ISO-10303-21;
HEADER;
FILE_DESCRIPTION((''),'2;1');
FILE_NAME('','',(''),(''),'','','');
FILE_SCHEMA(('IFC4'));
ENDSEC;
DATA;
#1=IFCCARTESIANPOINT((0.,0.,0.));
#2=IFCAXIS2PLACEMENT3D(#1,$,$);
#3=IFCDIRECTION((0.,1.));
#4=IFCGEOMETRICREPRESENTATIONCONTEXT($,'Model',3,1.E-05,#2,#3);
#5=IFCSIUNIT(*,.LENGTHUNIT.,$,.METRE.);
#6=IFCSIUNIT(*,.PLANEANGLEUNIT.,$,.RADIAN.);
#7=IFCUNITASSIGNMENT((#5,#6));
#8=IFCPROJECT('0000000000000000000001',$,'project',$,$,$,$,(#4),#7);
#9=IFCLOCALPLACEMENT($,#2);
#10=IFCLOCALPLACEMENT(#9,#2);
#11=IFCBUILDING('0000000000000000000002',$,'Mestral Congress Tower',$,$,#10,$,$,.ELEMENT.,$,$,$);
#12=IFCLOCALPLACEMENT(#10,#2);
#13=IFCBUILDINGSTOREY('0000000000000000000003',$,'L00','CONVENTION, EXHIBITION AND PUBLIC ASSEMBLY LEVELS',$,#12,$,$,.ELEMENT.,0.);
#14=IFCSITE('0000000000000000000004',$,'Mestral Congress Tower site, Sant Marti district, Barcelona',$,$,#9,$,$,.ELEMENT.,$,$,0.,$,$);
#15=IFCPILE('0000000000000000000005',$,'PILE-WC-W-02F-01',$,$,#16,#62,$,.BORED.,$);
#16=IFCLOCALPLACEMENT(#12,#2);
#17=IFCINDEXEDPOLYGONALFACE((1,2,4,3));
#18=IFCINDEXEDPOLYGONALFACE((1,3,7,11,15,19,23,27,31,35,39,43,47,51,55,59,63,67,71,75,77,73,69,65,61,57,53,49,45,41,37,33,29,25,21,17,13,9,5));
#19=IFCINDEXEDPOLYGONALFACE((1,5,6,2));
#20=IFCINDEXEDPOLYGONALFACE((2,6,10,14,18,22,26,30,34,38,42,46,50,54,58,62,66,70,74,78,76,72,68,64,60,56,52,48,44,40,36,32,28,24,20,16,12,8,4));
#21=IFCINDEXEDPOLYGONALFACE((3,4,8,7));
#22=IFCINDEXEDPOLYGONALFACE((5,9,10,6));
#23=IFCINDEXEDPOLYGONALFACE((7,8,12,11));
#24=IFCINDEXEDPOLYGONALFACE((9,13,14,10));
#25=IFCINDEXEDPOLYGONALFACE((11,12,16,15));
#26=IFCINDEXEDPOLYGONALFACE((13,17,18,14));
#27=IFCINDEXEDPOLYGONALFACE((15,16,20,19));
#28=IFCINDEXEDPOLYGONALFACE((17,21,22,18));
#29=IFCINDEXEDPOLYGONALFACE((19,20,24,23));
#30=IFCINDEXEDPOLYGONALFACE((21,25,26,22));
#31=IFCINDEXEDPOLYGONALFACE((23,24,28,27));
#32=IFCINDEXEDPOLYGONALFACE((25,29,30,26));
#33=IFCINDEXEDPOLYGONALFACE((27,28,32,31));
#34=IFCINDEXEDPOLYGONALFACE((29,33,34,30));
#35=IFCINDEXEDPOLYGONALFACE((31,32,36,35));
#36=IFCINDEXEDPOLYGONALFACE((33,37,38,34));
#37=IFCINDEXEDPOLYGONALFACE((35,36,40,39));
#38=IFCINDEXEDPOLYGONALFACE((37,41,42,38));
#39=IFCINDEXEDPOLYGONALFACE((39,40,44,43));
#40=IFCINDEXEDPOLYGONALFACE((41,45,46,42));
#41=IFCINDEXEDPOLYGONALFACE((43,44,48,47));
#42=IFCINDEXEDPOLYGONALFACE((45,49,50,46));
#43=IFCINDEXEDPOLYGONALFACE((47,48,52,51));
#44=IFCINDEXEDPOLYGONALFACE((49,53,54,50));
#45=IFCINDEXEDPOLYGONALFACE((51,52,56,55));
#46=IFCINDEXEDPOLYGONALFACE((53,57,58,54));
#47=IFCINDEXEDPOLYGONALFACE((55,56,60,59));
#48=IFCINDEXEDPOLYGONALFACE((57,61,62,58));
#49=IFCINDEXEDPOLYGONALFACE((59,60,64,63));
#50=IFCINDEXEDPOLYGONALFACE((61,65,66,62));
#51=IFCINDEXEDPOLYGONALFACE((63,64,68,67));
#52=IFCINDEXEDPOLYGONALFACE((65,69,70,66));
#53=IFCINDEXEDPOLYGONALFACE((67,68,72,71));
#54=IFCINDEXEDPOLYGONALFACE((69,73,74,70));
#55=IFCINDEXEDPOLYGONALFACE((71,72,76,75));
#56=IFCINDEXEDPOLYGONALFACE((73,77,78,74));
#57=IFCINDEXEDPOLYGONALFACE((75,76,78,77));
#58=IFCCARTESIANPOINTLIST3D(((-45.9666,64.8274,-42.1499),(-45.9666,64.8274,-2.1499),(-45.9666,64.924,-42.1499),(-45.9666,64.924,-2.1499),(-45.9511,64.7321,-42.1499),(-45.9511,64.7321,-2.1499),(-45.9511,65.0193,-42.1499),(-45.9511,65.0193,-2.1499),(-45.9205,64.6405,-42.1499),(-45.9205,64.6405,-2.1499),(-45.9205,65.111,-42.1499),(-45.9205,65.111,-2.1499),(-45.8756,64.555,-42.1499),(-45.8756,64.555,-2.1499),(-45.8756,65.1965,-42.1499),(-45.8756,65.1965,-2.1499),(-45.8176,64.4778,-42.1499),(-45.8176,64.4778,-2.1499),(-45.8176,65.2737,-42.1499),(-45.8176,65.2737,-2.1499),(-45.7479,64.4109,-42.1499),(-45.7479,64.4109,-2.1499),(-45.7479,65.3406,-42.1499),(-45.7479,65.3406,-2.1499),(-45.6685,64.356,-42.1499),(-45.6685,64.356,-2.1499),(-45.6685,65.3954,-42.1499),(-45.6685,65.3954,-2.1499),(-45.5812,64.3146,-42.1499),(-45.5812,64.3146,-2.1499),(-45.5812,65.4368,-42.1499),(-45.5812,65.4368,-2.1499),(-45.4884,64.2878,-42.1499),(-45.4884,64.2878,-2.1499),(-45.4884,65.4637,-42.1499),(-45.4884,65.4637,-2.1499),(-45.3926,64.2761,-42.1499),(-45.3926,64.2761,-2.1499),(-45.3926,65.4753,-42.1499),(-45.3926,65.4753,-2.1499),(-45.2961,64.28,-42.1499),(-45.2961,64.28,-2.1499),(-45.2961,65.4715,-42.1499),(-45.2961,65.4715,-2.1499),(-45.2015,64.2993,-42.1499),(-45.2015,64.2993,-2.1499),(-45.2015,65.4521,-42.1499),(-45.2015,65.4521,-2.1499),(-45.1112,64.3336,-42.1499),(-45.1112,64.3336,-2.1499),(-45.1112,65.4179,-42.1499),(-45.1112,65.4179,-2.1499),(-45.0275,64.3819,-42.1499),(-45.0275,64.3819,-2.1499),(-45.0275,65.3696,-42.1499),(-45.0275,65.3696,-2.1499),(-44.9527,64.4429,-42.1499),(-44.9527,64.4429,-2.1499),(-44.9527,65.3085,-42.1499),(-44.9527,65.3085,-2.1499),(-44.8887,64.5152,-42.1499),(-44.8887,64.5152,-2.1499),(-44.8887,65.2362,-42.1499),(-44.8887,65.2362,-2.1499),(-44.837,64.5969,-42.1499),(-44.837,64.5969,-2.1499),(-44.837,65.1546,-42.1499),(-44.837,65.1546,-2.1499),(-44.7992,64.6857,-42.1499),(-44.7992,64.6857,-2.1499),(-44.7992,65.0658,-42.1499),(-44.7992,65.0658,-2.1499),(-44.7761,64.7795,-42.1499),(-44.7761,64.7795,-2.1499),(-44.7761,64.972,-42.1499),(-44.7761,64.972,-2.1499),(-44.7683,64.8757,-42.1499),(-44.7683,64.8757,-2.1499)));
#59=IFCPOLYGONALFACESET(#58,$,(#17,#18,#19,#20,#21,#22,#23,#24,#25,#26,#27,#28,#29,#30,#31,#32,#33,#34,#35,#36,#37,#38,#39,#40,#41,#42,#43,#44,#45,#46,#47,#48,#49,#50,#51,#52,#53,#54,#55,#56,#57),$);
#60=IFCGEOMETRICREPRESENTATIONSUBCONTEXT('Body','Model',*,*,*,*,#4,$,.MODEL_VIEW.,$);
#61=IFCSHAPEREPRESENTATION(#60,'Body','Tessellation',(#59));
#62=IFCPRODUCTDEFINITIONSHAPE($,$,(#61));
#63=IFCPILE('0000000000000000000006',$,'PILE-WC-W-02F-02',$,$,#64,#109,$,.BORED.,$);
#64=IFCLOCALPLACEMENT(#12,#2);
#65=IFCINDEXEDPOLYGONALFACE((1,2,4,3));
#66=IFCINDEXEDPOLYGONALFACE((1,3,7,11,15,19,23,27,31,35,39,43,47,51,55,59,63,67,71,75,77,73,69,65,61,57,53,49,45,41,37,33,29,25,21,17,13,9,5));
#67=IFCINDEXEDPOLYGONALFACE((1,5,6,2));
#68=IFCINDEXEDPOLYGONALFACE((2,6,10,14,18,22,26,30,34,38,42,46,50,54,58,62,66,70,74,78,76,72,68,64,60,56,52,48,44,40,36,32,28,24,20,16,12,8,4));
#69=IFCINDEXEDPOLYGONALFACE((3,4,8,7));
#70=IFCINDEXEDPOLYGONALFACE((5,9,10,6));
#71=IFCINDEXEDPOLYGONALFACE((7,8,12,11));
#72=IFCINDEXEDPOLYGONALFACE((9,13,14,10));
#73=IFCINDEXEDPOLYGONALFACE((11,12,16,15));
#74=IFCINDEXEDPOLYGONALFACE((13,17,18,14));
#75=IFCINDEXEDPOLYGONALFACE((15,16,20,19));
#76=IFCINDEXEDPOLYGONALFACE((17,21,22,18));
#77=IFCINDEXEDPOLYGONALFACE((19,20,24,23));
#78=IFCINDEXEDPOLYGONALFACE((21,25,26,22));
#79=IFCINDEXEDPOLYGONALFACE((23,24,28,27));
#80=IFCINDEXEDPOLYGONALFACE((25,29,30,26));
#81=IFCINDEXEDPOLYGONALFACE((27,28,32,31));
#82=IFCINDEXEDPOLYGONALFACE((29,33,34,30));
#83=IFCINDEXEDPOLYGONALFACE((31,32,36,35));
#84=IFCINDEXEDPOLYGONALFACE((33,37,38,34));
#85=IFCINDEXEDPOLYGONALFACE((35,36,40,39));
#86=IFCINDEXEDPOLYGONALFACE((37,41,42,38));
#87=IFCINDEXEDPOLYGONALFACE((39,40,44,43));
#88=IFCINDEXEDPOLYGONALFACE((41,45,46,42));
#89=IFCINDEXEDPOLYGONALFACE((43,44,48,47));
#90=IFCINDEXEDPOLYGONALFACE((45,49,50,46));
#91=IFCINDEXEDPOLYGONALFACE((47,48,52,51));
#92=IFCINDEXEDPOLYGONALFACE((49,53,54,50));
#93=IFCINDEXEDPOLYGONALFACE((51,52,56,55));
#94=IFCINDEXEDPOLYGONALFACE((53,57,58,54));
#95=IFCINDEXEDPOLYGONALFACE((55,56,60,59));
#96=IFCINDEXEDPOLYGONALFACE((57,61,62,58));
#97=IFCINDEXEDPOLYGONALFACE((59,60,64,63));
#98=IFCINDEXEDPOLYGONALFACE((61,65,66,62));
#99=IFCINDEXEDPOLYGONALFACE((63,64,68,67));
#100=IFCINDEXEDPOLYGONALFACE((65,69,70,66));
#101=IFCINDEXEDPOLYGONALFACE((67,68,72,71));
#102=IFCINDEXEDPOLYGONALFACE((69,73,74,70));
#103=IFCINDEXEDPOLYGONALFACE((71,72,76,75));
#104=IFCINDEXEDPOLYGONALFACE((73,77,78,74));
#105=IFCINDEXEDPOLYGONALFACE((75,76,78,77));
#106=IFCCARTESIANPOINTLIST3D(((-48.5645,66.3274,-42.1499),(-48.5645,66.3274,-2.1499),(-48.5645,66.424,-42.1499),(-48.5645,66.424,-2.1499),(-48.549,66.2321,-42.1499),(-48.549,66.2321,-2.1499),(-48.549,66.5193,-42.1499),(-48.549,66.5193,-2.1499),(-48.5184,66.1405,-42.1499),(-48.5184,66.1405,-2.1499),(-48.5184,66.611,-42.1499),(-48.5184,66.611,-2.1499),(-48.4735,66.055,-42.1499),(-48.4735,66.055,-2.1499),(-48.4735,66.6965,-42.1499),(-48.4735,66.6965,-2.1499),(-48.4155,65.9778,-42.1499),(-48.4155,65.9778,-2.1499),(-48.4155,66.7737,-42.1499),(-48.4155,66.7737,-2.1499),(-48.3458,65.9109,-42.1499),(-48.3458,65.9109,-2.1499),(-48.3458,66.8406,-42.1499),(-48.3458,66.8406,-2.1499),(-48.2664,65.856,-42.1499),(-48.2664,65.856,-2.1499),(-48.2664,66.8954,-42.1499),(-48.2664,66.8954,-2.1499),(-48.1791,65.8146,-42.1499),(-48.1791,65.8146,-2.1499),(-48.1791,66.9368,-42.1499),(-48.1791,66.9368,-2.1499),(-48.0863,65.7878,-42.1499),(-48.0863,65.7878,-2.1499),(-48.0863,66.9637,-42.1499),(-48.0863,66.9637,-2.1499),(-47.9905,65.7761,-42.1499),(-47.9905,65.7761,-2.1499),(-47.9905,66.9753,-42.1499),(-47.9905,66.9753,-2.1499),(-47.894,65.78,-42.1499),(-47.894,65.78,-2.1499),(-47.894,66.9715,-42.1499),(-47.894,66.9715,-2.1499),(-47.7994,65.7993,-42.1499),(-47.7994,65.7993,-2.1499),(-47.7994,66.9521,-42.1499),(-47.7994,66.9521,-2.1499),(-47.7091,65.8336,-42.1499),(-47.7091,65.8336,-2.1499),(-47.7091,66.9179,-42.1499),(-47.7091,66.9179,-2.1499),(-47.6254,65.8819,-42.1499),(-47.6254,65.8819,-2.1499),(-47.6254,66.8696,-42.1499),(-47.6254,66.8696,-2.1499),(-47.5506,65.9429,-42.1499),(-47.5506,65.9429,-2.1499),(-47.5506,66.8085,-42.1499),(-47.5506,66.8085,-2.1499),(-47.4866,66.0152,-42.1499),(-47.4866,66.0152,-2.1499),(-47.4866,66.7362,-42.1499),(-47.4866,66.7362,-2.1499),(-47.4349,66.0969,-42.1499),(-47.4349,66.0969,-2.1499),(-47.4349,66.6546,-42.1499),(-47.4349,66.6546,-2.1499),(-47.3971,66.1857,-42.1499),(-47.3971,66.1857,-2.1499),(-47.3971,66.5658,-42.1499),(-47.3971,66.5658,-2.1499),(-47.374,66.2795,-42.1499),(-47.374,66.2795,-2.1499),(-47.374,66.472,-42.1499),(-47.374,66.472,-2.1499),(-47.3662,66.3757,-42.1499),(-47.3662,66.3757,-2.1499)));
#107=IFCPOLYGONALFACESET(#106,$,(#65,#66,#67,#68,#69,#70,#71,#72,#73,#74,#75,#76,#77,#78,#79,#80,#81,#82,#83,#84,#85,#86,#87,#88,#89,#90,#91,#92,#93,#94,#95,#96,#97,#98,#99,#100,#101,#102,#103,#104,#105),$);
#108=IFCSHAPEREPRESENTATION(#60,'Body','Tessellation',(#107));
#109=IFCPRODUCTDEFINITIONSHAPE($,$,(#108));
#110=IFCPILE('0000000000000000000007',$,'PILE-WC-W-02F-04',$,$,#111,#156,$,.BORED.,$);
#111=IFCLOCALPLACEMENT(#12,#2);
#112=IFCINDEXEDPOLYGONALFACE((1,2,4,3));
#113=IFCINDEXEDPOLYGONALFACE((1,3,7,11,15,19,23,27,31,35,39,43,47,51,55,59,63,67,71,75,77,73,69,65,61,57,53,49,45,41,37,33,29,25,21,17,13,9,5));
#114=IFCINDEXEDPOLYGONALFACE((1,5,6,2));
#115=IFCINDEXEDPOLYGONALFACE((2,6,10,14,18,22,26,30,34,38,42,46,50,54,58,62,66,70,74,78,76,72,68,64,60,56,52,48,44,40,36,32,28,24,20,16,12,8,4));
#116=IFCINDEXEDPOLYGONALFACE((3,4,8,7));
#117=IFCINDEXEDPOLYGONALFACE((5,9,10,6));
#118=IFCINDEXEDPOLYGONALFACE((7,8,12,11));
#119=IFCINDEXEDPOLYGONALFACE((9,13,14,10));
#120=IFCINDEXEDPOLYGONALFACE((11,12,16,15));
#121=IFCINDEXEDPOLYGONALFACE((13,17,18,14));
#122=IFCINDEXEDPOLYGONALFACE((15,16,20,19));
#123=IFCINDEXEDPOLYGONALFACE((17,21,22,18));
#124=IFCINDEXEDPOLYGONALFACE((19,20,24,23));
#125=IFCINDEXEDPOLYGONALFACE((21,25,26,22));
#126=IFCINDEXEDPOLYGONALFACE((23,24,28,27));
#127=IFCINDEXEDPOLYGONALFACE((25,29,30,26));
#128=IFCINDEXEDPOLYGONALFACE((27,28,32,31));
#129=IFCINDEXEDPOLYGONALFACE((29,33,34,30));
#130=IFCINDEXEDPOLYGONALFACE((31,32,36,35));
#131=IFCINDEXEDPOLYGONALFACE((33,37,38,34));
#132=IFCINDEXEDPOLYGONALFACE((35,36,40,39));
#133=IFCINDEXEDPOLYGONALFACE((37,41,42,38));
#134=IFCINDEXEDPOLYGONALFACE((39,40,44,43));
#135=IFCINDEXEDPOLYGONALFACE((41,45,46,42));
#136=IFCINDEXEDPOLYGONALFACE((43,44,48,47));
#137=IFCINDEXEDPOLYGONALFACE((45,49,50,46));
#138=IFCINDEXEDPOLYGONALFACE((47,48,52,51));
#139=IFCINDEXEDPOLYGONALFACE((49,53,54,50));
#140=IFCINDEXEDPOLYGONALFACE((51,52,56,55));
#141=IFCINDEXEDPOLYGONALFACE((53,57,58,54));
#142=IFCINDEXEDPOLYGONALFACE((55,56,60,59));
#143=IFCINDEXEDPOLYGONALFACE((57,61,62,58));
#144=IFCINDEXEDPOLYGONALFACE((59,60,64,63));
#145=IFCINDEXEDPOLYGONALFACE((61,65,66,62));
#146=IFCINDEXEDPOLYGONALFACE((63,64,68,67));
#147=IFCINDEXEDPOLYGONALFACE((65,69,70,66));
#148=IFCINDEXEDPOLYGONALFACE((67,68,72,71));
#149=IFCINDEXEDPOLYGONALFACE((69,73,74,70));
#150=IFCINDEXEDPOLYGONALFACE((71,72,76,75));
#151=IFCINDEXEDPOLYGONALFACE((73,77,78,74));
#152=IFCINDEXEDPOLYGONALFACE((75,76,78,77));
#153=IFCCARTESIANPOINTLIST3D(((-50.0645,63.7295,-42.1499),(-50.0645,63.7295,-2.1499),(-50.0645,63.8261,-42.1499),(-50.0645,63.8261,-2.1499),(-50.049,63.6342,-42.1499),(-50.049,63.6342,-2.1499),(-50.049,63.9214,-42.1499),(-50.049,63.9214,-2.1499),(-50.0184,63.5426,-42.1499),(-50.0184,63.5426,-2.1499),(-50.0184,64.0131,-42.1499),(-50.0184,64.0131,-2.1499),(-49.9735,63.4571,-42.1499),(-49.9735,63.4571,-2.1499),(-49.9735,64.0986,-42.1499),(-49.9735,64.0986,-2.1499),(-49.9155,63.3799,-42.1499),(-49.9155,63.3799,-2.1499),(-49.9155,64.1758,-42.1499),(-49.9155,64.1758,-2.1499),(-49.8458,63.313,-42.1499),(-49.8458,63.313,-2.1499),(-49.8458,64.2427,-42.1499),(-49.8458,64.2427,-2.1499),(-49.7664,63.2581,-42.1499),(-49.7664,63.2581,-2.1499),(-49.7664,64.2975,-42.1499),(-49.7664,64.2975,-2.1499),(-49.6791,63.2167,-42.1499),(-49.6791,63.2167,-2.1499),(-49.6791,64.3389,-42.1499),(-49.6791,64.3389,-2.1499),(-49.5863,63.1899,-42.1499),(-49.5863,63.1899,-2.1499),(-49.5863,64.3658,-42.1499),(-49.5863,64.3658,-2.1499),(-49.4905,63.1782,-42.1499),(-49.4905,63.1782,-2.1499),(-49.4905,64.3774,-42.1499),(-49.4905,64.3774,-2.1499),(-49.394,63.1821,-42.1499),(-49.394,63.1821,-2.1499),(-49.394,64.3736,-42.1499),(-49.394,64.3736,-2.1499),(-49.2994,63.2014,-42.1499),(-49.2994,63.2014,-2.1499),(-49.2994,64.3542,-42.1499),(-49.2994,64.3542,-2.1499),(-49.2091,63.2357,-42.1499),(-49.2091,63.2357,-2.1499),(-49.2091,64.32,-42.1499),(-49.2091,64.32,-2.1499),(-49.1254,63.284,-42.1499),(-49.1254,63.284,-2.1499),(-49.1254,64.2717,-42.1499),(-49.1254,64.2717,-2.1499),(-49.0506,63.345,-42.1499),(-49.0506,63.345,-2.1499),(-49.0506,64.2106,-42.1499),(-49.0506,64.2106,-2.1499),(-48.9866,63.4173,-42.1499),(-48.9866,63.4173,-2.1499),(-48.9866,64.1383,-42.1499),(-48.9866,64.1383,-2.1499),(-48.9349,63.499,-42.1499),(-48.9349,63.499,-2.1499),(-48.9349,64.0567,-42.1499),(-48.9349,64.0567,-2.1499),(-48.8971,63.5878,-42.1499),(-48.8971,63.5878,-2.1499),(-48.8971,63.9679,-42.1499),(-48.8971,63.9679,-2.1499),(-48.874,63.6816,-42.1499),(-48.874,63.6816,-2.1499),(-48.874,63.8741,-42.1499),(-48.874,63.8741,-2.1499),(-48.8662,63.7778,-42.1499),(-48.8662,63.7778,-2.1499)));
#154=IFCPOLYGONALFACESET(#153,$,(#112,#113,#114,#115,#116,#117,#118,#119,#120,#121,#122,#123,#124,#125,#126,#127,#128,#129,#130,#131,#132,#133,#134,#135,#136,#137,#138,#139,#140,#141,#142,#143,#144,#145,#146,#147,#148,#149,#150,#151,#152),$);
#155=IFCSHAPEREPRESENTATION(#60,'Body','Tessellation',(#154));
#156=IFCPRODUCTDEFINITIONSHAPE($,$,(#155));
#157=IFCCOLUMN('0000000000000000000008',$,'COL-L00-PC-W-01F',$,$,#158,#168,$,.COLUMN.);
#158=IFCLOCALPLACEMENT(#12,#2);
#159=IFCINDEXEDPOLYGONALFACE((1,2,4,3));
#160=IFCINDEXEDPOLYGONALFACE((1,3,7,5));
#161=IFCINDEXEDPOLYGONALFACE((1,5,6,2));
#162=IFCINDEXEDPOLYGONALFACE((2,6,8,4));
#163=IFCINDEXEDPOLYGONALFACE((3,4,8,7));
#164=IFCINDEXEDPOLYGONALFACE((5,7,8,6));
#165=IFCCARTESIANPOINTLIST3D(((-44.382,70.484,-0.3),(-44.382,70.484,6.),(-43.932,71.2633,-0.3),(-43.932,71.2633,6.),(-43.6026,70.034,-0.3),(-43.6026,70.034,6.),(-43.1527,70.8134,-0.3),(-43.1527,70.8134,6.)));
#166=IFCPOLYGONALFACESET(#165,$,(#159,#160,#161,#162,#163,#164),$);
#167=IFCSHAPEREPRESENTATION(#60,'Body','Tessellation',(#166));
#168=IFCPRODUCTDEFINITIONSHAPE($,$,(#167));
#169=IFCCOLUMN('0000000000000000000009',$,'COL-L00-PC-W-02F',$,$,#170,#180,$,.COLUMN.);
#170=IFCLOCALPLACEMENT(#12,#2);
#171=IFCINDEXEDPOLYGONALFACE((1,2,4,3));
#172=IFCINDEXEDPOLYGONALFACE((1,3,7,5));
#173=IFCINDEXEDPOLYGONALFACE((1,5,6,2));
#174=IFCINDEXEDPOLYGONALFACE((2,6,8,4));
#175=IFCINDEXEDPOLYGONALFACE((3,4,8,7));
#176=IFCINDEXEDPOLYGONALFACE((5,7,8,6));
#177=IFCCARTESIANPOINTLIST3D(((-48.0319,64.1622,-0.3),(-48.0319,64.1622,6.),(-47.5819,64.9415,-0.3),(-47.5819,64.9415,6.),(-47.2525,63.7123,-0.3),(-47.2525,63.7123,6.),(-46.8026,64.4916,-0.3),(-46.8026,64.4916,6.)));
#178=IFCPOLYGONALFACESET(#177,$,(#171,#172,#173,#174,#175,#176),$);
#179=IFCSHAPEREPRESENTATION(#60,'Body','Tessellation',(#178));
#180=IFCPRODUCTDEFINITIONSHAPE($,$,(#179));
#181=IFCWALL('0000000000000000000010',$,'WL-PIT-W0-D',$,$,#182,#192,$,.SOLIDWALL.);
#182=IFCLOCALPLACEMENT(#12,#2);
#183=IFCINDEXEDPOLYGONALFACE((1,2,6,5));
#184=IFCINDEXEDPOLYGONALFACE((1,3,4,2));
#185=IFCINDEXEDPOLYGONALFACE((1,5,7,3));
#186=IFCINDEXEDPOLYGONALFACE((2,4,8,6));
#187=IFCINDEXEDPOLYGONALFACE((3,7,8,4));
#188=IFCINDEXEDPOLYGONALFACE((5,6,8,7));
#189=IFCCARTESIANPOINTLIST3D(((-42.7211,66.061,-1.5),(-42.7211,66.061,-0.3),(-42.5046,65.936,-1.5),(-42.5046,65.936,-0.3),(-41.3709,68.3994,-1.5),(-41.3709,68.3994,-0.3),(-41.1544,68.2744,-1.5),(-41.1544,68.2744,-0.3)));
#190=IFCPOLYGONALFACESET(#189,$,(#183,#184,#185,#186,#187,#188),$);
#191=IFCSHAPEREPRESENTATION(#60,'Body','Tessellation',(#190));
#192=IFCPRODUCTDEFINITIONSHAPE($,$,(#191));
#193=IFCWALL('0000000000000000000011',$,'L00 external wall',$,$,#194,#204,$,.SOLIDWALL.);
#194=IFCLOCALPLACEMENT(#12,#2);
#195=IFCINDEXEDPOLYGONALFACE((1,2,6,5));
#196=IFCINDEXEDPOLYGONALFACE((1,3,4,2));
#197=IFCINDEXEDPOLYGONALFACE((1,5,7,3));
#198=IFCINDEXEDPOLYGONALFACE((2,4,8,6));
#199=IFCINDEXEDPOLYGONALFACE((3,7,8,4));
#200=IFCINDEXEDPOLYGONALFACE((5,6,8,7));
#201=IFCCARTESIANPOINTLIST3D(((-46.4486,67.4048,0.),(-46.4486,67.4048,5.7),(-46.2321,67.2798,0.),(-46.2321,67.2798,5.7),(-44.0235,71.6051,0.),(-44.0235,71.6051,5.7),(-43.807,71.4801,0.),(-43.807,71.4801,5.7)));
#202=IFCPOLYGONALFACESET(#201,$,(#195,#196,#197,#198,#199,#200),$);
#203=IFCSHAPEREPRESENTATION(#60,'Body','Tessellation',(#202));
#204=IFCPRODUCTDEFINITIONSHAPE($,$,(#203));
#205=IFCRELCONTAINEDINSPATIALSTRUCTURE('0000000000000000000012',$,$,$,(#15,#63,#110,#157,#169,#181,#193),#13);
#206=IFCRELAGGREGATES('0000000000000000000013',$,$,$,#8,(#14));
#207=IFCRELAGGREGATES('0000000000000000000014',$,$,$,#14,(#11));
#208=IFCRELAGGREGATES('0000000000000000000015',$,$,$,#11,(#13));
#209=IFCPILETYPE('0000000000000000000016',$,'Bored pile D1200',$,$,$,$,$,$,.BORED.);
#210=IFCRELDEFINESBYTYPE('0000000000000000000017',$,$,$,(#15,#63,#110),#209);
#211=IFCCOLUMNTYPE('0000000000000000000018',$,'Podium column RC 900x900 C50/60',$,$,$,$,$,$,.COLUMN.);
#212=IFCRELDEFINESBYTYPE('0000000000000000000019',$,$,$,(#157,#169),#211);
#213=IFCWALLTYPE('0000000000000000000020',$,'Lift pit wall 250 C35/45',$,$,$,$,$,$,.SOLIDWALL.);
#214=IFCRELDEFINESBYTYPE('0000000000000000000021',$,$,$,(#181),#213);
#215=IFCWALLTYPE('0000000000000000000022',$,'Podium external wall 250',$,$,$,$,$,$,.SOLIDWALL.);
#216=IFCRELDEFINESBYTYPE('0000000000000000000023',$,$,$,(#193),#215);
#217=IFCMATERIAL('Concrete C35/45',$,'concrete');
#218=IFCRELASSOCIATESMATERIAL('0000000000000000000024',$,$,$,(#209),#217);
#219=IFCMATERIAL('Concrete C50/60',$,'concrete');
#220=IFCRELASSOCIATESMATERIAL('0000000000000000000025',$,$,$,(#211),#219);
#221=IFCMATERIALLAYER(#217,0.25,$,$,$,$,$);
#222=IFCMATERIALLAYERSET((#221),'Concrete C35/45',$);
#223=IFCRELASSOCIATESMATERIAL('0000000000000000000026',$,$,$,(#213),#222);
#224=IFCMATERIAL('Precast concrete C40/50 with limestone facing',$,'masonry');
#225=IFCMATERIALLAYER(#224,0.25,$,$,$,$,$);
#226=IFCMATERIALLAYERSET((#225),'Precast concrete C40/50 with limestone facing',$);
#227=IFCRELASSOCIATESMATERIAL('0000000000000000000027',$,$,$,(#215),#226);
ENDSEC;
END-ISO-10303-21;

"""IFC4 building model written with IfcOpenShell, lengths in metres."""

from ifc_helpers import new_model, si_unit, direction, frame, frame_2d, origin, origin_2d, place, context, subcontext, project, spatial, rectangle, circle, extrude, material, layer, layer_set, material_profile, profile_set, type_object, element, save


model = new_model("IFC4")

# Units and contexts
model_context = context("Model", 3, precision=1e-05, world=origin(), true_north=direction((0.0, 1.0)))
body_context = subcontext(model_context, "Body", "Model", "MODEL_VIEW")
ifc_project = project(units=[si_unit("LENGTHUNIT", "METRE"), si_unit("PLANEANGLEUNIT", "RADIAN")], contexts=[model_context])

# Site, building, storey
site_placement = place(None, origin())
site = spatial("IfcSite", under=ifc_project, at=site_placement, Name="Mestral Congress Tower site, Sant Marti district, Barcelona", CompositionType="ELEMENT", RefElevation=0.0)
building_placement = place(site_placement, origin())
building = spatial("IfcBuilding", under=site, at=building_placement, Name="Mestral Congress Tower", CompositionType="ELEMENT")
storey_placement = place(building_placement, origin())
storey = spatial("IfcBuildingStorey", under=building, at=storey_placement, Name="L00", Description="CONVENTION, EXHIBITION AND PUBLIC ASSEMBLY LEVELS", CompositionType="ELEMENT", Elevation=0.0)

# Piles
ifc_material_1 = material(Name="Concrete C35/45", Category="concrete")
ifc_material_profile_1 = material_profile(ifc_material_1, circle(Radius=0.6001, at=origin_2d()), Name="D1200")
ifc_profile_set_1 = profile_set([ifc_material_profile_1], Name="Concrete C35/45")
pile_type = type_object("IfcPileType", Name="Bored pile D1200", PredefinedType="BORED", material=ifc_profile_set_1)
for number, where, z_axis, x_axis, name in (
    (1, (-45.3684, 64.8757, -2.1499), (0.0, 0.0, -1.0), (1.0, 0.0, 0.0), "PILE-WC-W-02F-01"),
    (2, (-47.9663, 66.3757, -2.1499), (0.0, 0.0, -1.0), (1.0, 0.0, 0.0), "PILE-WC-W-02F-02"),
    (3, (-49.4663, 63.7778, -2.1499), (0.0, 0.0, -1.0), (1.0, 0.0, 0.0), "PILE-WC-W-02F-04"),
):
    element("IfcPile", number, at=place(storey_placement, frame(where, z_axis=z_axis, x_axis=x_axis)), inside=storey, type_object=pile_type, Name=name, PredefinedType="BORED", context=body_context, shape_type="SweptSolid", body=[
        extrude(circle(Radius=0.6001, at=origin_2d()), origin(), (0.0, 0.0, 1.0), 40.0),
    ])

# Columns
ifc_material_2 = material(Name="Concrete C50/60", Category="concrete")
ifc_material_profile_2 = material_profile(ifc_material_2, rectangle(XDim=0.8999, YDim=0.8999, at=origin_2d()), Name="RC 900x900")
ifc_profile_set_2 = profile_set([ifc_material_profile_2], Name="Concrete C50/60")
column_type = type_object("IfcColumnType", Name="Podium column RC 900x900 C50/60", PredefinedType="COLUMN", material=ifc_profile_set_2)
for number, where, z_axis, x_axis, name in (
    (4, (-43.7673, 70.6487, -0.3), (0.0, 0.0, 1.0), (-0.5, -0.866025, 0.0), "COL-L00-PC-W-01F"),
    (5, (-47.4172, 64.3269, -0.3), (0.0, 0.0, 1.0), (-0.5, -0.866025, 0.0), "COL-L00-PC-W-02F"),
):
    element("IfcColumn", number, at=place(storey_placement, frame(where, z_axis=z_axis, x_axis=x_axis)), inside=storey, type_object=column_type, Name=name, PredefinedType="COLUMN", context=body_context, shape_type="SweptSolid", body=[
        extrude(rectangle(XDim=0.8999, YDim=0.8999, at=origin_2d()), origin(), (0.0, 0.0, 1.0), 6.3),
    ])

# Walls
ifc_layer_1 = layer(ifc_material_1, 0.25)
ifc_layer_set_1 = layer_set([ifc_layer_1], Name="Concrete C35/45")
wall_type_1 = type_object("IfcWallType", Name="Lift pit wall 250 C35/45", PredefinedType="SOLIDWALL", material=ifc_layer_set_1)
wall_1_placement = place(storey_placement, frame((-41.2627, 68.3369, -1.5), z_axis=(0.0, 0.0, 1.0), x_axis=(-0.500009, -0.86602, 0.0)))
element("IfcWall", 6, at=wall_1_placement, inside=storey, type_object=wall_type_1, Name="WL-PIT-W0-D", PredefinedType="SOLIDWALL", context=body_context, shape_type="SweptSolid", body=[
    extrude(rectangle(XDim=2.7002, YDim=0.25, at=frame_2d((1.3501, 0.0))), origin(), (0.0, 0.0, 1.0), 1.2),
])
ifc_material_3 = material(Name="Precast concrete C40/50 with limestone facing", Category="masonry")
ifc_layer_2 = layer(ifc_material_3, 0.25)
ifc_layer_set_2 = layer_set([ifc_layer_2], Name="Precast concrete C40/50 with limestone facing")
wall_type_2 = type_object("IfcWallType", Name="Podium external wall 250", PredefinedType="SOLIDWALL", material=ifc_layer_set_2)
wall_2_placement = place(storey_placement, frame((-46.3403, 67.3423, 0.0), z_axis=(0.0, 0.0, 1.0), x_axis=(0.50001, 0.86602, 0.0)))
element("IfcWall", 7, at=wall_2_placement, inside=storey, type_object=wall_type_2, Name="L00 external wall", PredefinedType="SOLIDWALL", context=body_context, shape_type="SweptSolid", body=[
    extrude(rectangle(XDim=4.8501, YDim=0.25, at=frame_2d((2.425, 0.0))), origin(), (0.0, 0.0, 1.0), 5.7),
])

save(model, "model.ifc")
